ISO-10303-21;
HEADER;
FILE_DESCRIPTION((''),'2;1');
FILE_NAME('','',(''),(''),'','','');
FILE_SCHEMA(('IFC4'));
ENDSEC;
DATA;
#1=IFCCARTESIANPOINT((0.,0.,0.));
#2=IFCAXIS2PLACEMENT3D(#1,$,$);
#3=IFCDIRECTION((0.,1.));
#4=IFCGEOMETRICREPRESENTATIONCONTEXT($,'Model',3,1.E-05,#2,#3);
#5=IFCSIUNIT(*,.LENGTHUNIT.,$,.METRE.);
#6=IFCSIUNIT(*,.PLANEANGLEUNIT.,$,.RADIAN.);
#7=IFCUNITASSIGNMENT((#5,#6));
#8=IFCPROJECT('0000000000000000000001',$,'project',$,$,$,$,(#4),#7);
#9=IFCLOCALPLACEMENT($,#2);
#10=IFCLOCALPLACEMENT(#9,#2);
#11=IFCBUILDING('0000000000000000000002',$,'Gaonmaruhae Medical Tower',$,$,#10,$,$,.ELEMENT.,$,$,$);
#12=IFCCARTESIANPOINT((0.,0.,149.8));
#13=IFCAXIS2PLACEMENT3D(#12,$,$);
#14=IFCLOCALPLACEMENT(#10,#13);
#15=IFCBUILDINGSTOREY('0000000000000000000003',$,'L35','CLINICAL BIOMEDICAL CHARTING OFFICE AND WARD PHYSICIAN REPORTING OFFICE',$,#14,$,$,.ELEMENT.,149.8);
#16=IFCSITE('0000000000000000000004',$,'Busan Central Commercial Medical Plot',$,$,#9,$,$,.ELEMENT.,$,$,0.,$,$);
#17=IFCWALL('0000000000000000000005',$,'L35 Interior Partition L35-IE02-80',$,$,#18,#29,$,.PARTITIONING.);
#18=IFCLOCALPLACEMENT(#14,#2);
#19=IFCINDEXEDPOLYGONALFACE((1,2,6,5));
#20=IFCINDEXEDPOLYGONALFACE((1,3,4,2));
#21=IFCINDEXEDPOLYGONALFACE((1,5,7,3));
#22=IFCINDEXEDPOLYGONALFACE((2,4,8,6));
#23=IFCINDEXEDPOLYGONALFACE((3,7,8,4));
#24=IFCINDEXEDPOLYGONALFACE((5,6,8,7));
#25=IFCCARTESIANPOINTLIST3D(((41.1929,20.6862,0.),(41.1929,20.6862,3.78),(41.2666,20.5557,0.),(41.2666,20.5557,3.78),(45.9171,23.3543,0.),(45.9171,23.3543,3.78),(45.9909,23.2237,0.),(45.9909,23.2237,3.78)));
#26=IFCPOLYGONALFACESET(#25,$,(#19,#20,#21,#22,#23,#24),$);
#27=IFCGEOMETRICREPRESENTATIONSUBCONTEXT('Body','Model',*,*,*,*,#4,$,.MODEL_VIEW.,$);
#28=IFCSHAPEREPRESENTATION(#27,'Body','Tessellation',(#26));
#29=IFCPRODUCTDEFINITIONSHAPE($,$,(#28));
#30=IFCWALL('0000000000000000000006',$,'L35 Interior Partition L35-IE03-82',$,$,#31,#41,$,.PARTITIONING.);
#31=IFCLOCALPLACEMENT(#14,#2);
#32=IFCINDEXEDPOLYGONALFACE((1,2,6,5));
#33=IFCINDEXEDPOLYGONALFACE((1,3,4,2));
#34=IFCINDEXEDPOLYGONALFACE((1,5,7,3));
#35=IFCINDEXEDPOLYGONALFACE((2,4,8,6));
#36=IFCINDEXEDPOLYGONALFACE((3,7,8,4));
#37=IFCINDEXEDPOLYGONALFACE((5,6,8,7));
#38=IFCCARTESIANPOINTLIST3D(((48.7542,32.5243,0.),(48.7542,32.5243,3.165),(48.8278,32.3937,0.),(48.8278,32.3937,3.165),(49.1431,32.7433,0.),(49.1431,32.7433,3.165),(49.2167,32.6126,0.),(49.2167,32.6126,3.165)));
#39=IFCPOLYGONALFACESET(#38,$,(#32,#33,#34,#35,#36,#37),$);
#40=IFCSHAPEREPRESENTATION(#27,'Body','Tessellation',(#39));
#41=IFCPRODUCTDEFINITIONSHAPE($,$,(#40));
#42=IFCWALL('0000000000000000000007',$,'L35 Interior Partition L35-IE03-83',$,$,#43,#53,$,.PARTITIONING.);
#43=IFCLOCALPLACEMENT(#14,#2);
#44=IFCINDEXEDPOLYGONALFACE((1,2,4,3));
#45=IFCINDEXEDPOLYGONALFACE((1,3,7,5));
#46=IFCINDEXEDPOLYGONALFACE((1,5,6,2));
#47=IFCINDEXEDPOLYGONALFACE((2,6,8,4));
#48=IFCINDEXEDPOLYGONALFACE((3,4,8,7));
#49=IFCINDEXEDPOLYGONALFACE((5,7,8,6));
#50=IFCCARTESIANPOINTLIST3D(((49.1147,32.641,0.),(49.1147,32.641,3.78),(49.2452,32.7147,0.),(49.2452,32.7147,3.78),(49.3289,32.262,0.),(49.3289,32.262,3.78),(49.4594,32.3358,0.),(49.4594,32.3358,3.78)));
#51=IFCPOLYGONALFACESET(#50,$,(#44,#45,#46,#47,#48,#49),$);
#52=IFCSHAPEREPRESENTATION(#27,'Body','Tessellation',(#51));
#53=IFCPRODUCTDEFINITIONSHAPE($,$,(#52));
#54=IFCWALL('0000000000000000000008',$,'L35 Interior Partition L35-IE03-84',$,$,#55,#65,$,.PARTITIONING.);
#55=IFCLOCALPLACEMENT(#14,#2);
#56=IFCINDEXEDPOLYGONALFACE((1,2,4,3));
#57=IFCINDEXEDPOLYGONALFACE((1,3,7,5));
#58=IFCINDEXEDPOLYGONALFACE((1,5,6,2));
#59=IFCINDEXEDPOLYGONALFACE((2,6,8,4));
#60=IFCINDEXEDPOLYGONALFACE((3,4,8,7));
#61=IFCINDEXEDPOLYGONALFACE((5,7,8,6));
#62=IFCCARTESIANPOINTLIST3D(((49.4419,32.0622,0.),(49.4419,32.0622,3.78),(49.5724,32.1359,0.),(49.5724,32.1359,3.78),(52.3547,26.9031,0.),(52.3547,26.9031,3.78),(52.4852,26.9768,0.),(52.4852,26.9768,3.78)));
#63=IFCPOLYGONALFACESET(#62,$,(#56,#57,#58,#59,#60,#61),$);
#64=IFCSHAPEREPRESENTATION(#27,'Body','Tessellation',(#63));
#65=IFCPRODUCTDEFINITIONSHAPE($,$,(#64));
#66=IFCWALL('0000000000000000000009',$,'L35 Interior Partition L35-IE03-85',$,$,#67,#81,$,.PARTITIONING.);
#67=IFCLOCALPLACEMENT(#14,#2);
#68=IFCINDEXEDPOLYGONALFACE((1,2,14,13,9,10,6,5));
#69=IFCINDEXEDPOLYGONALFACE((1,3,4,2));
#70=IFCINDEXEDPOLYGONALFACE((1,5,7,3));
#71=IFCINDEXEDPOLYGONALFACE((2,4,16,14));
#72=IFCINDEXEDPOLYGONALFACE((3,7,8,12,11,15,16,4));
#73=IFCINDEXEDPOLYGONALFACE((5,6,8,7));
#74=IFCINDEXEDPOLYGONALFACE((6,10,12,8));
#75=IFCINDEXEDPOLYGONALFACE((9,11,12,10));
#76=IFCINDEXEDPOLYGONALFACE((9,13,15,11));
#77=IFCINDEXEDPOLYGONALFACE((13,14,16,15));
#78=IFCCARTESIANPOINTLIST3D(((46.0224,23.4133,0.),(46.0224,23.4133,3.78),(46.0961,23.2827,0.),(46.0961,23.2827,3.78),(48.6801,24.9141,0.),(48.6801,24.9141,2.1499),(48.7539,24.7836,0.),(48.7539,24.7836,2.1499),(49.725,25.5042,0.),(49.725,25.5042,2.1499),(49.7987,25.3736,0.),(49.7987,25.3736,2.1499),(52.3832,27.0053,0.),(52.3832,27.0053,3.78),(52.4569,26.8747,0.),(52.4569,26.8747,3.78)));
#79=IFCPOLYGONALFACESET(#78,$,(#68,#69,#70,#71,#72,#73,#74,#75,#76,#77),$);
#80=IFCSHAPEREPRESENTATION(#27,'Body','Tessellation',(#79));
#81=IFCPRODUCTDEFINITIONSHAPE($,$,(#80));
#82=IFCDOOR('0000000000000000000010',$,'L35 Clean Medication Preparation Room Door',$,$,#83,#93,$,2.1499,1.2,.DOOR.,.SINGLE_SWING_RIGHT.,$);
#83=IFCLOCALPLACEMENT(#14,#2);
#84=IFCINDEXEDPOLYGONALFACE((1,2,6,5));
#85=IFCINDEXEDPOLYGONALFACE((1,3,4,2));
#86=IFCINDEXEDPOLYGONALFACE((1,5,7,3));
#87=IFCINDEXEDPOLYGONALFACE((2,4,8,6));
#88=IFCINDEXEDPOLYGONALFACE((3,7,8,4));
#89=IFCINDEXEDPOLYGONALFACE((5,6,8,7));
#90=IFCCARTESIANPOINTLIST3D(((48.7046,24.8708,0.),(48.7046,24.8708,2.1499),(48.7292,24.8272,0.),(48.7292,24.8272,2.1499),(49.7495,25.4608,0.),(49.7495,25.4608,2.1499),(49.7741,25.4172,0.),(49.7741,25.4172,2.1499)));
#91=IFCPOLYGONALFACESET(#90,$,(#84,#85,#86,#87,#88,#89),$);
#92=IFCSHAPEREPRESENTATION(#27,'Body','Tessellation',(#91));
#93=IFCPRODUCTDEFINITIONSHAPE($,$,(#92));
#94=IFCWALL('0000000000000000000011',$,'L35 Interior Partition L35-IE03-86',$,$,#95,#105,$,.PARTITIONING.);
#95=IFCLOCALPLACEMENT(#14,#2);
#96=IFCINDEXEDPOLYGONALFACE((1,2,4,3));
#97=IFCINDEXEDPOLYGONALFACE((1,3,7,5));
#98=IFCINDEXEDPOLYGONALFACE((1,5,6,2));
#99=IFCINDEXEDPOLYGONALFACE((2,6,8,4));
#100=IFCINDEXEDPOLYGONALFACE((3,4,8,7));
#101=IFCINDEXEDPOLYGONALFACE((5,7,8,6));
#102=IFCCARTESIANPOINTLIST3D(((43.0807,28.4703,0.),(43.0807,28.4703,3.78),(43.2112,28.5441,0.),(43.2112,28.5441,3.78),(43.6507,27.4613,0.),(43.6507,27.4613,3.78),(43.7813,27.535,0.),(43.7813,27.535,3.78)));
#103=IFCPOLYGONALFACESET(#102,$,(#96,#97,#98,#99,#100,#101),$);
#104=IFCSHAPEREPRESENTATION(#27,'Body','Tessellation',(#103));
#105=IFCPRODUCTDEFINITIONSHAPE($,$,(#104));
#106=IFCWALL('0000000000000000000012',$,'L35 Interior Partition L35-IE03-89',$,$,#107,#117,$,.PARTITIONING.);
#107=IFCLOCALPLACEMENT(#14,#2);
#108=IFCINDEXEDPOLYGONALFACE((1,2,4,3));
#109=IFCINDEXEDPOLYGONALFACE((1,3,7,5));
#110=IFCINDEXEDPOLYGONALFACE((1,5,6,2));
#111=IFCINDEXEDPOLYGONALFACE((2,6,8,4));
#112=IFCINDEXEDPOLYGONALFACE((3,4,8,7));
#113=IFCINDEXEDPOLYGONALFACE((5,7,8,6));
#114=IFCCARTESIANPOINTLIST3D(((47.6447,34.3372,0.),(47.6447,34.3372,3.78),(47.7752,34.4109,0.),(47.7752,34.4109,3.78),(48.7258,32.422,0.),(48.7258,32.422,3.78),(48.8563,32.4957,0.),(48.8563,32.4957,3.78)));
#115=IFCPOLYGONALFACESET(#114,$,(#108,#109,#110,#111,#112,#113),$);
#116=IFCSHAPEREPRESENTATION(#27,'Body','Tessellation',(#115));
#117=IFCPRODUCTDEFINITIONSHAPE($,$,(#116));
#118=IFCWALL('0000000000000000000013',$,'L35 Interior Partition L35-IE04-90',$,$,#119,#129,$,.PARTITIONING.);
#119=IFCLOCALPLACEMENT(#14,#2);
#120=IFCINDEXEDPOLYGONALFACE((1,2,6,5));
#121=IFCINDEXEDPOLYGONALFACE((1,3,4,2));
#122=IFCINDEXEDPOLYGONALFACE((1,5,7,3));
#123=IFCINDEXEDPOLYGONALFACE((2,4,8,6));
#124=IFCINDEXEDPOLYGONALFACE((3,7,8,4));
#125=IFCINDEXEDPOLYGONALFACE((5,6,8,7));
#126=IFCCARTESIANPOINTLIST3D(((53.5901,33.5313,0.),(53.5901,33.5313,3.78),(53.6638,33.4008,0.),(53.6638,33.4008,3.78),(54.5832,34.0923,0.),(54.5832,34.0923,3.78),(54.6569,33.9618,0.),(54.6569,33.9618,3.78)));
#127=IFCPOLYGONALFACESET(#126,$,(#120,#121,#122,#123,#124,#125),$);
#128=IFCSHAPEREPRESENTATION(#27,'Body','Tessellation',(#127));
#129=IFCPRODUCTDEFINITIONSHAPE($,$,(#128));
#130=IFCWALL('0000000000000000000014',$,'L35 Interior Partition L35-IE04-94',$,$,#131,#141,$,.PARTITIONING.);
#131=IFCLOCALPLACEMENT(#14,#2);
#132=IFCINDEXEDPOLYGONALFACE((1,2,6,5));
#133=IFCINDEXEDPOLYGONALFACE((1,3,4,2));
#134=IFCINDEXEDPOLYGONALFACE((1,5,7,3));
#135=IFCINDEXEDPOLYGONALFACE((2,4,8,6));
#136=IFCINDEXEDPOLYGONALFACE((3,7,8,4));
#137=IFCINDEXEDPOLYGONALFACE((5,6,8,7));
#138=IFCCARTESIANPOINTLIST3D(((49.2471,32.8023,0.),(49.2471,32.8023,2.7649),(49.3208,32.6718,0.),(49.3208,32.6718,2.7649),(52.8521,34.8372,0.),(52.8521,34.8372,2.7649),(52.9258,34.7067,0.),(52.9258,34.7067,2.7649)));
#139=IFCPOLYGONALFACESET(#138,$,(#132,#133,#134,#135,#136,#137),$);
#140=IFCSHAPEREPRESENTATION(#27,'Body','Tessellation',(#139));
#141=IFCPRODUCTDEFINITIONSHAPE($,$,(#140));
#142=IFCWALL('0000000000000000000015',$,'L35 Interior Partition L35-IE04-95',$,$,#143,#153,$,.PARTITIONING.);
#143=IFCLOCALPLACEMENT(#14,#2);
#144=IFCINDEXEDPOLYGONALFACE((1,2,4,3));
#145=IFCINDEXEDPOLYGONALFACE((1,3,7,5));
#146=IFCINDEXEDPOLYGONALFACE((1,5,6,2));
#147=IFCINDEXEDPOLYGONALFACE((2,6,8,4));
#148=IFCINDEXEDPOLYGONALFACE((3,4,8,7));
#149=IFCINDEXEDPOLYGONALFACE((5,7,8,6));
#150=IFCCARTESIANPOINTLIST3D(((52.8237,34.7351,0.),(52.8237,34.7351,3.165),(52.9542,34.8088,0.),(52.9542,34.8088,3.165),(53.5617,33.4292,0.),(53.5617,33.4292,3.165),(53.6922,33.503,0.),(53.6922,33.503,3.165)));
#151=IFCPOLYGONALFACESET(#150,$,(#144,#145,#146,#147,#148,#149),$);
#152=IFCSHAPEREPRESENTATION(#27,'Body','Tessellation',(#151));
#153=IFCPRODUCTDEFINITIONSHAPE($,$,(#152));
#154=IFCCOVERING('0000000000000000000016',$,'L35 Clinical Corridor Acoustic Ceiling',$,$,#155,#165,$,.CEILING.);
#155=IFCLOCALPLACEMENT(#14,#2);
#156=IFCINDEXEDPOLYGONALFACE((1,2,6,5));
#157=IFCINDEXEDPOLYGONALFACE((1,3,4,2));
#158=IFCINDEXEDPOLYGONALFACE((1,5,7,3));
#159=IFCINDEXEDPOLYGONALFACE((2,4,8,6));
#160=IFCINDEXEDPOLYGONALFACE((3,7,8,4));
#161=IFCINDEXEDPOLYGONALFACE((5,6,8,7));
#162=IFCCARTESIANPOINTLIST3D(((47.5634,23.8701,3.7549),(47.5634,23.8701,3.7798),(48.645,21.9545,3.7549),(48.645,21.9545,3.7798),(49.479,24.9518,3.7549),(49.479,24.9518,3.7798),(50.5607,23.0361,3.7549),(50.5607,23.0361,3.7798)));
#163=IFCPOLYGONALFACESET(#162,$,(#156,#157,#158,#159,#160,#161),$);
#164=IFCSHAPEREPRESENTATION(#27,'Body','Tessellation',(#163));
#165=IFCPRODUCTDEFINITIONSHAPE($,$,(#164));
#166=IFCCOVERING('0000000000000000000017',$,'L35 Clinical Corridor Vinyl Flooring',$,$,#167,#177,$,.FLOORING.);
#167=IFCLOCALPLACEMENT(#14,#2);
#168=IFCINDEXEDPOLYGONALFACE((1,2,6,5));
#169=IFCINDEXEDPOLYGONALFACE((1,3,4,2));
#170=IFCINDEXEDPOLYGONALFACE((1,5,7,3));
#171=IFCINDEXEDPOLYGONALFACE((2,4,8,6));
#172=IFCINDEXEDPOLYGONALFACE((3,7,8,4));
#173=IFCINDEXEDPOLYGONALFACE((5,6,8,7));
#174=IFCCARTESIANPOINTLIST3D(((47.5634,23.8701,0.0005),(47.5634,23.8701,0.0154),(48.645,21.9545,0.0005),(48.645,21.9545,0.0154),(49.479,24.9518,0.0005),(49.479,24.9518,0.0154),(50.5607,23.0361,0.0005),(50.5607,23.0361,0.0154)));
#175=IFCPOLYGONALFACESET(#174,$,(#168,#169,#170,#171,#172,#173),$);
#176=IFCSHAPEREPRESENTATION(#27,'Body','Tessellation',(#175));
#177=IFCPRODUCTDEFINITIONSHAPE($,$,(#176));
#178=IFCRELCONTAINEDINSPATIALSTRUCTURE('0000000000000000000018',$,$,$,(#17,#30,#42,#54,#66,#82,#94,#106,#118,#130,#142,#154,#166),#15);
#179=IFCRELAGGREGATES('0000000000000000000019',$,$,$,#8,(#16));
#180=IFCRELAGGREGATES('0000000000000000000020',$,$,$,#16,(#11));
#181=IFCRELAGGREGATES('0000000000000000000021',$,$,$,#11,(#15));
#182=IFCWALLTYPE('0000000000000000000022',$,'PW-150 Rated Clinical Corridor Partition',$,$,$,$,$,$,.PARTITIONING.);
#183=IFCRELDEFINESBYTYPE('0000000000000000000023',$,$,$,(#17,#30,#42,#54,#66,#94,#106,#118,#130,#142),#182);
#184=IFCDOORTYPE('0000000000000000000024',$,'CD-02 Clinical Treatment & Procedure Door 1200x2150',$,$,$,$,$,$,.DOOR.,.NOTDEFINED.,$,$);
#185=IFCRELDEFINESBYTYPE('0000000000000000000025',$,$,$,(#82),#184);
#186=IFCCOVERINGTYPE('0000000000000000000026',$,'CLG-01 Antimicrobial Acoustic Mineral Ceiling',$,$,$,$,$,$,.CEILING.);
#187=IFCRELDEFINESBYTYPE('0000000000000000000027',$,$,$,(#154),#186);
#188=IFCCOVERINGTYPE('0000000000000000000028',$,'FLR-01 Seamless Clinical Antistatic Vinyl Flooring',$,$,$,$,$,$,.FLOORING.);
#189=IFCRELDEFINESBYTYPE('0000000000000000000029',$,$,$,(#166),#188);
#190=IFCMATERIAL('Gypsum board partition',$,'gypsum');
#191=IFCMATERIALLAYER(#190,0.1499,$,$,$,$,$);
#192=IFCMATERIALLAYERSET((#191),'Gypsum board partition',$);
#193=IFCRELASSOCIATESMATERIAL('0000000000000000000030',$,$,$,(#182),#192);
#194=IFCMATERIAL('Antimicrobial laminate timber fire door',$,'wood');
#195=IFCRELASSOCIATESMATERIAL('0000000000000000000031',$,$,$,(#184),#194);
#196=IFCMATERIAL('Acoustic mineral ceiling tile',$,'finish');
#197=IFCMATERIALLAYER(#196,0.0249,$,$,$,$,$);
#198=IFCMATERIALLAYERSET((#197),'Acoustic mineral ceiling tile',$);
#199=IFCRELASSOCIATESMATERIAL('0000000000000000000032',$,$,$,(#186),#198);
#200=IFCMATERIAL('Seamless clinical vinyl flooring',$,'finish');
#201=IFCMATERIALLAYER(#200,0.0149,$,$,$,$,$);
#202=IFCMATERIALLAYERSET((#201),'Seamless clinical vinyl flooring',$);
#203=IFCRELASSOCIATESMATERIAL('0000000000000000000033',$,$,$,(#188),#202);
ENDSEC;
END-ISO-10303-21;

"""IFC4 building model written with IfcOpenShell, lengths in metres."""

from ifc_helpers import new_model, si_unit, direction, frame, frame_2d, origin, origin_2d, place, context, subcontext, project, spatial, rectangle, extrude, material, layer, layer_set, type_object, element, fill, save


model = new_model("IFC4")

# Units and contexts
model_context = context("Model", 3, precision=1e-05, world=origin(), true_north=direction((0.0, 1.0)))
body_context = subcontext(model_context, "Body", "Model", "MODEL_VIEW")
ifc_project = project(units=[si_unit("LENGTHUNIT", "METRE"), si_unit("PLANEANGLEUNIT", "RADIAN")], contexts=[model_context])

# Site, building, storey
site_placement = place(None, origin())
site = spatial("IfcSite", under=ifc_project, at=site_placement, Name="Busan Central Commercial Medical Plot", CompositionType="ELEMENT", RefElevation=0.0)
building_placement = place(site_placement, origin())
building = spatial("IfcBuilding", under=site, at=building_placement, Name="Gaonmaruhae Medical Tower", CompositionType="ELEMENT")
storey_placement = place(building_placement, frame((0.0, 0.0, 149.8)))
storey = spatial("IfcBuildingStorey", under=building, at=storey_placement, Name="L35", Description="CLINICAL BIOMEDICAL CHARTING OFFICE AND WARD PHYSICIAN REPORTING OFFICE", CompositionType="ELEMENT", Elevation=149.8)

# Shared definitions
ifc_material_1 = material(Name="Gypsum board partition", Category="gypsum")
ifc_layer_1 = layer(ifc_material_1, 0.1499)
ifc_layer_set_1 = layer_set([ifc_layer_1], Name="Gypsum board partition")
wall_type_1 = type_object("IfcWallType", Name="PW-150 Rated Clinical Corridor Partition", PredefinedType="PARTITIONING", material=ifc_layer_set_1)

# Shared definitions
ifc_material_2 = material(Name="Antimicrobial laminate timber fire door", Category="wood")
door_type = type_object("IfcDoorType", Name="CD-02 Clinical Treatment & Procedure Door 1200x2150", OperationType="NOTDEFINED", PredefinedType="DOOR", material=ifc_material_2)

# Walls
wall_1_placement = place(storey_placement, frame((45.9541, 23.2891, 0.0), z_axis=(0.0, 0.0, 1.0), x_axis=(-0.870735, -0.491752, 0.0)))
element("IfcWall", 1, at=wall_1_placement, inside=storey, type_object=wall_type_1, Name="L35 Interior Partition L35-IE02-80", PredefinedType="PARTITIONING", context=body_context, shape_type="SweptSolid", body=[
    extrude(rectangle(XDim=5.4255, YDim=0.1499, at=frame_2d((2.7129, 0.0))), origin(), (0.0, 0.0, 1.0), 3.78),
])
wall_2_placement = place(storey_placement, frame((48.791, 32.459, 0.0), z_axis=(0.0, 0.0, 1.0), x_axis=(0.871356, 0.490651, 0.0)))
element("IfcWall", 2, at=wall_2_placement, inside=storey, type_object=wall_type_1, Name="L35 Interior Partition L35-IE03-82", PredefinedType="PARTITIONING", context=body_context, shape_type="SweptSolid", body=[
    extrude(rectangle(XDim=0.4463, YDim=0.1499, at=frame_2d((0.2231, 0.0))), origin(), (0.0, 0.0, 1.0), 3.165),
])
wall_3_placement = place(storey_placement, frame((49.1799, 32.678, 0.0), z_axis=(0.0, 0.0, 1.0), x_axis=(0.491965, -0.870615, 0.0)))
element("IfcWall", 3, at=wall_3_placement, inside=storey, type_object=wall_type_1, Name="L35 Interior Partition L35-IE03-83", PredefinedType="PARTITIONING", context=body_context, shape_type="SweptSolid", body=[
    extrude(rectangle(XDim=0.4353, YDim=0.1499, at=frame_2d((0.2178, 0.0))), origin(), (0.0, 0.0, 1.0), 3.78),
])
wall_4_placement = place(storey_placement, frame((49.5071, 32.0991, 0.0), z_axis=(0.0, 0.0, 1.0), x_axis=(0.491646, -0.870795, 0.0)))
element("IfcWall", 4, at=wall_4_placement, inside=storey, type_object=wall_type_1, Name="L35 Interior Partition L35-IE03-84", PredefinedType="PARTITIONING", context=body_context, shape_type="SweptSolid", body=[
    extrude(rectangle(XDim=5.9246, YDim=0.1499, at=frame_2d((2.9624, 0.0))), origin(), (0.0, 0.0, 1.0), 3.78),
])

# Wall, opening, door
wall_5_placement = place(storey_placement, frame((52.4199, 26.9399, 0.0), z_axis=(0.0, 0.0, 1.0), x_axis=(-0.870751, -0.491724, 0.0)))
wall_5 = element("IfcWall", 5, at=wall_5_placement, inside=storey, type_object=wall_type_1, Name="L35 Interior Partition L35-IE03-85", PredefinedType="PARTITIONING", context=body_context, shape_type="SweptSolid", body=[
    extrude(rectangle(XDim=7.3049, YDim=0.1499, at=frame_2d((3.6523, 0.0))), origin(), (0.0, 0.0, 1.0), 3.78),
])
opening_1_placement = place(wall_5_placement, frame((3.0525, 0.0, 0.0)))
opening_1 = element("IfcOpeningElement", 6, at=opening_1_placement, cuts=wall_5, PredefinedType="OPENING", context=body_context, shape_type="SweptSolid", body=[
    extrude(rectangle(XDim=1.2, YDim=2.1499, at=frame_2d((0.6001, 1.075))), frame((0.0, 0.085, 0.0), z_axis=(0.0, -1.0, 0.0), x_axis=(1.0, 0.0, 0.0)), (0.0, 0.0, 1.0), 0.1699),
])
door_1_placement = place(opening_1_placement, origin())
door_1 = element("IfcDoor", 7, at=door_1_placement, inside=storey, type_object=door_type, Name="L35 Clean Medication Preparation Room Door", OperationType="SINGLE_SWING_RIGHT", OverallHeight=2.1499, OverallWidth=1.2, PredefinedType="DOOR", context=body_context, shape_type="SweptSolid", body=[
    extrude(rectangle(XDim=1.2, YDim=2.1499, at=frame_2d((0.6001, 1.075))), frame((0.0, 0.0249, 0.0), z_axis=(0.0, -1.0, 0.0), x_axis=(1.0, 0.0, 0.0)), (0.0, 0.0, 1.0), 0.05),
])
fill(opening_1, door_1)

# Walls
wall_6_placement = place(storey_placement, frame((43.7161, 27.498, 0.0), z_axis=(0.0, 0.0, 1.0), x_axis=(-0.491891, 0.870657, 0.0)))
element("IfcWall", 8, at=wall_6_placement, inside=storey, type_object=wall_type_1, Name="L35 Interior Partition L35-IE03-86", PredefinedType="PARTITIONING", context=body_context, shape_type="SweptSolid", body=[
    extrude(rectangle(XDim=1.1589, YDim=0.1499, at=frame_2d((0.5796, 0.0))), origin(), (0.0, 0.0, 1.0), 3.78),
])
wall_7_placement = place(storey_placement, frame((47.71, 34.374, 0.0), z_axis=(0.0, 0.0, 1.0), x_axis=(0.491589, -0.870827, 0.0)))
element("IfcWall", 9, at=wall_7_placement, inside=storey, type_object=wall_type_1, Name="L35 Interior Partition L35-IE03-89", PredefinedType="PARTITIONING", context=body_context, shape_type="SweptSolid", body=[
    extrude(rectangle(XDim=2.1992, YDim=0.1499, at=frame_2d((1.0996, 0.0))), origin(), (0.0, 0.0, 1.0), 3.78),
])
wall_8_placement = place(storey_placement, frame((53.627, 33.4661, 0.0), z_axis=(0.0, 0.0, 1.0), x_axis=(0.870682, 0.491846, 0.0)))
element("IfcWall", 10, at=wall_8_placement, inside=storey, type_object=wall_type_1, Name="L35 Interior Partition L35-IE04-90", PredefinedType="PARTITIONING", context=body_context, shape_type="SweptSolid", body=[
    extrude(rectangle(XDim=1.1406, YDim=0.1499, at=frame_2d((0.5703, 0.0))), origin(), (0.0, 0.0, 1.0), 3.78),
])
wall_9_placement = place(storey_placement, frame((49.2839, 32.7371, 0.0), z_axis=(0.0, 0.0, 1.0), x_axis=(0.870841, 0.491566, 0.0)))
element("IfcWall", 11, at=wall_9_placement, inside=storey, type_object=wall_type_1, Name="L35 Interior Partition L35-IE04-94", PredefinedType="PARTITIONING", context=body_context, shape_type="SweptSolid", body=[
    extrude(rectangle(XDim=4.1396, YDim=0.1499, at=frame_2d((2.0698, 0.0))), origin(), (0.0, 0.0, 1.0), 2.7649),
])
wall_10_placement = place(storey_placement, frame((52.8889, 34.772, 0.0), z_axis=(0.0, 0.0, 1.0), x_axis=(0.492014, -0.870587, 0.0)))
element("IfcWall", 12, at=wall_10_placement, inside=storey, type_object=wall_type_1, Name="L35 Interior Partition L35-IE04-95", PredefinedType="PARTITIONING", context=body_context, shape_type="SweptSolid", body=[
    extrude(rectangle(XDim=1.5, YDim=0.1499, at=frame_2d((0.75, 0.0))), origin(), (0.0, 0.0, 1.0), 3.165),
])

# Coverings
ifc_material_3 = material(Name="Acoustic mineral ceiling tile", Category="finish")
ifc_layer_2 = layer(ifc_material_3, 0.0249)
ifc_layer_set_2 = layer_set([ifc_layer_2], Name="Acoustic mineral ceiling tile")
covering_type_1 = type_object("IfcCoveringType", Name="CLG-01 Antimicrobial Acoustic Mineral Ceiling", PredefinedType="CEILING", material=ifc_layer_set_2)
covering_1_placement = place(storey_placement, frame((49.062, 23.4531, 3.7549), z_axis=(0.0, 0.0, 1.0), x_axis=(0.870785, 0.491664, 0.0)))
element("IfcCovering", 13, at=covering_1_placement, inside=storey, type_object=covering_type_1, Name="L35 Clinical Corridor Acoustic Ceiling", PredefinedType="CEILING", context=body_context, shape_type="SweptSolid", body=[
    extrude(rectangle(XDim=2.2, YDim=2.2, at=origin_2d()), origin(), (0.0, 0.0, 1.0), 0.0249),
])
ifc_material_4 = material(Name="Seamless clinical vinyl flooring", Category="finish")
ifc_layer_3 = layer(ifc_material_4, 0.0149)
ifc_layer_set_3 = layer_set([ifc_layer_3], Name="Seamless clinical vinyl flooring")
covering_type_2 = type_object("IfcCoveringType", Name="FLR-01 Seamless Clinical Antistatic Vinyl Flooring", PredefinedType="FLOORING", material=ifc_layer_set_3)
covering_2_placement = place(storey_placement, frame((49.062, 23.4531, 0.0005), z_axis=(0.0, 0.0, 1.0), x_axis=(0.870785, 0.491664, 0.0)))
element("IfcCovering", 14, at=covering_2_placement, inside=storey, type_object=covering_type_2, Name="L35 Clinical Corridor Vinyl Flooring", PredefinedType="FLOORING", context=body_context, shape_type="SweptSolid", body=[
    extrude(rectangle(XDim=2.2, YDim=2.2, at=origin_2d()), origin(), (0.0, 0.0, 1.0), 0.0149),
])

save(model, "model.ifc")
